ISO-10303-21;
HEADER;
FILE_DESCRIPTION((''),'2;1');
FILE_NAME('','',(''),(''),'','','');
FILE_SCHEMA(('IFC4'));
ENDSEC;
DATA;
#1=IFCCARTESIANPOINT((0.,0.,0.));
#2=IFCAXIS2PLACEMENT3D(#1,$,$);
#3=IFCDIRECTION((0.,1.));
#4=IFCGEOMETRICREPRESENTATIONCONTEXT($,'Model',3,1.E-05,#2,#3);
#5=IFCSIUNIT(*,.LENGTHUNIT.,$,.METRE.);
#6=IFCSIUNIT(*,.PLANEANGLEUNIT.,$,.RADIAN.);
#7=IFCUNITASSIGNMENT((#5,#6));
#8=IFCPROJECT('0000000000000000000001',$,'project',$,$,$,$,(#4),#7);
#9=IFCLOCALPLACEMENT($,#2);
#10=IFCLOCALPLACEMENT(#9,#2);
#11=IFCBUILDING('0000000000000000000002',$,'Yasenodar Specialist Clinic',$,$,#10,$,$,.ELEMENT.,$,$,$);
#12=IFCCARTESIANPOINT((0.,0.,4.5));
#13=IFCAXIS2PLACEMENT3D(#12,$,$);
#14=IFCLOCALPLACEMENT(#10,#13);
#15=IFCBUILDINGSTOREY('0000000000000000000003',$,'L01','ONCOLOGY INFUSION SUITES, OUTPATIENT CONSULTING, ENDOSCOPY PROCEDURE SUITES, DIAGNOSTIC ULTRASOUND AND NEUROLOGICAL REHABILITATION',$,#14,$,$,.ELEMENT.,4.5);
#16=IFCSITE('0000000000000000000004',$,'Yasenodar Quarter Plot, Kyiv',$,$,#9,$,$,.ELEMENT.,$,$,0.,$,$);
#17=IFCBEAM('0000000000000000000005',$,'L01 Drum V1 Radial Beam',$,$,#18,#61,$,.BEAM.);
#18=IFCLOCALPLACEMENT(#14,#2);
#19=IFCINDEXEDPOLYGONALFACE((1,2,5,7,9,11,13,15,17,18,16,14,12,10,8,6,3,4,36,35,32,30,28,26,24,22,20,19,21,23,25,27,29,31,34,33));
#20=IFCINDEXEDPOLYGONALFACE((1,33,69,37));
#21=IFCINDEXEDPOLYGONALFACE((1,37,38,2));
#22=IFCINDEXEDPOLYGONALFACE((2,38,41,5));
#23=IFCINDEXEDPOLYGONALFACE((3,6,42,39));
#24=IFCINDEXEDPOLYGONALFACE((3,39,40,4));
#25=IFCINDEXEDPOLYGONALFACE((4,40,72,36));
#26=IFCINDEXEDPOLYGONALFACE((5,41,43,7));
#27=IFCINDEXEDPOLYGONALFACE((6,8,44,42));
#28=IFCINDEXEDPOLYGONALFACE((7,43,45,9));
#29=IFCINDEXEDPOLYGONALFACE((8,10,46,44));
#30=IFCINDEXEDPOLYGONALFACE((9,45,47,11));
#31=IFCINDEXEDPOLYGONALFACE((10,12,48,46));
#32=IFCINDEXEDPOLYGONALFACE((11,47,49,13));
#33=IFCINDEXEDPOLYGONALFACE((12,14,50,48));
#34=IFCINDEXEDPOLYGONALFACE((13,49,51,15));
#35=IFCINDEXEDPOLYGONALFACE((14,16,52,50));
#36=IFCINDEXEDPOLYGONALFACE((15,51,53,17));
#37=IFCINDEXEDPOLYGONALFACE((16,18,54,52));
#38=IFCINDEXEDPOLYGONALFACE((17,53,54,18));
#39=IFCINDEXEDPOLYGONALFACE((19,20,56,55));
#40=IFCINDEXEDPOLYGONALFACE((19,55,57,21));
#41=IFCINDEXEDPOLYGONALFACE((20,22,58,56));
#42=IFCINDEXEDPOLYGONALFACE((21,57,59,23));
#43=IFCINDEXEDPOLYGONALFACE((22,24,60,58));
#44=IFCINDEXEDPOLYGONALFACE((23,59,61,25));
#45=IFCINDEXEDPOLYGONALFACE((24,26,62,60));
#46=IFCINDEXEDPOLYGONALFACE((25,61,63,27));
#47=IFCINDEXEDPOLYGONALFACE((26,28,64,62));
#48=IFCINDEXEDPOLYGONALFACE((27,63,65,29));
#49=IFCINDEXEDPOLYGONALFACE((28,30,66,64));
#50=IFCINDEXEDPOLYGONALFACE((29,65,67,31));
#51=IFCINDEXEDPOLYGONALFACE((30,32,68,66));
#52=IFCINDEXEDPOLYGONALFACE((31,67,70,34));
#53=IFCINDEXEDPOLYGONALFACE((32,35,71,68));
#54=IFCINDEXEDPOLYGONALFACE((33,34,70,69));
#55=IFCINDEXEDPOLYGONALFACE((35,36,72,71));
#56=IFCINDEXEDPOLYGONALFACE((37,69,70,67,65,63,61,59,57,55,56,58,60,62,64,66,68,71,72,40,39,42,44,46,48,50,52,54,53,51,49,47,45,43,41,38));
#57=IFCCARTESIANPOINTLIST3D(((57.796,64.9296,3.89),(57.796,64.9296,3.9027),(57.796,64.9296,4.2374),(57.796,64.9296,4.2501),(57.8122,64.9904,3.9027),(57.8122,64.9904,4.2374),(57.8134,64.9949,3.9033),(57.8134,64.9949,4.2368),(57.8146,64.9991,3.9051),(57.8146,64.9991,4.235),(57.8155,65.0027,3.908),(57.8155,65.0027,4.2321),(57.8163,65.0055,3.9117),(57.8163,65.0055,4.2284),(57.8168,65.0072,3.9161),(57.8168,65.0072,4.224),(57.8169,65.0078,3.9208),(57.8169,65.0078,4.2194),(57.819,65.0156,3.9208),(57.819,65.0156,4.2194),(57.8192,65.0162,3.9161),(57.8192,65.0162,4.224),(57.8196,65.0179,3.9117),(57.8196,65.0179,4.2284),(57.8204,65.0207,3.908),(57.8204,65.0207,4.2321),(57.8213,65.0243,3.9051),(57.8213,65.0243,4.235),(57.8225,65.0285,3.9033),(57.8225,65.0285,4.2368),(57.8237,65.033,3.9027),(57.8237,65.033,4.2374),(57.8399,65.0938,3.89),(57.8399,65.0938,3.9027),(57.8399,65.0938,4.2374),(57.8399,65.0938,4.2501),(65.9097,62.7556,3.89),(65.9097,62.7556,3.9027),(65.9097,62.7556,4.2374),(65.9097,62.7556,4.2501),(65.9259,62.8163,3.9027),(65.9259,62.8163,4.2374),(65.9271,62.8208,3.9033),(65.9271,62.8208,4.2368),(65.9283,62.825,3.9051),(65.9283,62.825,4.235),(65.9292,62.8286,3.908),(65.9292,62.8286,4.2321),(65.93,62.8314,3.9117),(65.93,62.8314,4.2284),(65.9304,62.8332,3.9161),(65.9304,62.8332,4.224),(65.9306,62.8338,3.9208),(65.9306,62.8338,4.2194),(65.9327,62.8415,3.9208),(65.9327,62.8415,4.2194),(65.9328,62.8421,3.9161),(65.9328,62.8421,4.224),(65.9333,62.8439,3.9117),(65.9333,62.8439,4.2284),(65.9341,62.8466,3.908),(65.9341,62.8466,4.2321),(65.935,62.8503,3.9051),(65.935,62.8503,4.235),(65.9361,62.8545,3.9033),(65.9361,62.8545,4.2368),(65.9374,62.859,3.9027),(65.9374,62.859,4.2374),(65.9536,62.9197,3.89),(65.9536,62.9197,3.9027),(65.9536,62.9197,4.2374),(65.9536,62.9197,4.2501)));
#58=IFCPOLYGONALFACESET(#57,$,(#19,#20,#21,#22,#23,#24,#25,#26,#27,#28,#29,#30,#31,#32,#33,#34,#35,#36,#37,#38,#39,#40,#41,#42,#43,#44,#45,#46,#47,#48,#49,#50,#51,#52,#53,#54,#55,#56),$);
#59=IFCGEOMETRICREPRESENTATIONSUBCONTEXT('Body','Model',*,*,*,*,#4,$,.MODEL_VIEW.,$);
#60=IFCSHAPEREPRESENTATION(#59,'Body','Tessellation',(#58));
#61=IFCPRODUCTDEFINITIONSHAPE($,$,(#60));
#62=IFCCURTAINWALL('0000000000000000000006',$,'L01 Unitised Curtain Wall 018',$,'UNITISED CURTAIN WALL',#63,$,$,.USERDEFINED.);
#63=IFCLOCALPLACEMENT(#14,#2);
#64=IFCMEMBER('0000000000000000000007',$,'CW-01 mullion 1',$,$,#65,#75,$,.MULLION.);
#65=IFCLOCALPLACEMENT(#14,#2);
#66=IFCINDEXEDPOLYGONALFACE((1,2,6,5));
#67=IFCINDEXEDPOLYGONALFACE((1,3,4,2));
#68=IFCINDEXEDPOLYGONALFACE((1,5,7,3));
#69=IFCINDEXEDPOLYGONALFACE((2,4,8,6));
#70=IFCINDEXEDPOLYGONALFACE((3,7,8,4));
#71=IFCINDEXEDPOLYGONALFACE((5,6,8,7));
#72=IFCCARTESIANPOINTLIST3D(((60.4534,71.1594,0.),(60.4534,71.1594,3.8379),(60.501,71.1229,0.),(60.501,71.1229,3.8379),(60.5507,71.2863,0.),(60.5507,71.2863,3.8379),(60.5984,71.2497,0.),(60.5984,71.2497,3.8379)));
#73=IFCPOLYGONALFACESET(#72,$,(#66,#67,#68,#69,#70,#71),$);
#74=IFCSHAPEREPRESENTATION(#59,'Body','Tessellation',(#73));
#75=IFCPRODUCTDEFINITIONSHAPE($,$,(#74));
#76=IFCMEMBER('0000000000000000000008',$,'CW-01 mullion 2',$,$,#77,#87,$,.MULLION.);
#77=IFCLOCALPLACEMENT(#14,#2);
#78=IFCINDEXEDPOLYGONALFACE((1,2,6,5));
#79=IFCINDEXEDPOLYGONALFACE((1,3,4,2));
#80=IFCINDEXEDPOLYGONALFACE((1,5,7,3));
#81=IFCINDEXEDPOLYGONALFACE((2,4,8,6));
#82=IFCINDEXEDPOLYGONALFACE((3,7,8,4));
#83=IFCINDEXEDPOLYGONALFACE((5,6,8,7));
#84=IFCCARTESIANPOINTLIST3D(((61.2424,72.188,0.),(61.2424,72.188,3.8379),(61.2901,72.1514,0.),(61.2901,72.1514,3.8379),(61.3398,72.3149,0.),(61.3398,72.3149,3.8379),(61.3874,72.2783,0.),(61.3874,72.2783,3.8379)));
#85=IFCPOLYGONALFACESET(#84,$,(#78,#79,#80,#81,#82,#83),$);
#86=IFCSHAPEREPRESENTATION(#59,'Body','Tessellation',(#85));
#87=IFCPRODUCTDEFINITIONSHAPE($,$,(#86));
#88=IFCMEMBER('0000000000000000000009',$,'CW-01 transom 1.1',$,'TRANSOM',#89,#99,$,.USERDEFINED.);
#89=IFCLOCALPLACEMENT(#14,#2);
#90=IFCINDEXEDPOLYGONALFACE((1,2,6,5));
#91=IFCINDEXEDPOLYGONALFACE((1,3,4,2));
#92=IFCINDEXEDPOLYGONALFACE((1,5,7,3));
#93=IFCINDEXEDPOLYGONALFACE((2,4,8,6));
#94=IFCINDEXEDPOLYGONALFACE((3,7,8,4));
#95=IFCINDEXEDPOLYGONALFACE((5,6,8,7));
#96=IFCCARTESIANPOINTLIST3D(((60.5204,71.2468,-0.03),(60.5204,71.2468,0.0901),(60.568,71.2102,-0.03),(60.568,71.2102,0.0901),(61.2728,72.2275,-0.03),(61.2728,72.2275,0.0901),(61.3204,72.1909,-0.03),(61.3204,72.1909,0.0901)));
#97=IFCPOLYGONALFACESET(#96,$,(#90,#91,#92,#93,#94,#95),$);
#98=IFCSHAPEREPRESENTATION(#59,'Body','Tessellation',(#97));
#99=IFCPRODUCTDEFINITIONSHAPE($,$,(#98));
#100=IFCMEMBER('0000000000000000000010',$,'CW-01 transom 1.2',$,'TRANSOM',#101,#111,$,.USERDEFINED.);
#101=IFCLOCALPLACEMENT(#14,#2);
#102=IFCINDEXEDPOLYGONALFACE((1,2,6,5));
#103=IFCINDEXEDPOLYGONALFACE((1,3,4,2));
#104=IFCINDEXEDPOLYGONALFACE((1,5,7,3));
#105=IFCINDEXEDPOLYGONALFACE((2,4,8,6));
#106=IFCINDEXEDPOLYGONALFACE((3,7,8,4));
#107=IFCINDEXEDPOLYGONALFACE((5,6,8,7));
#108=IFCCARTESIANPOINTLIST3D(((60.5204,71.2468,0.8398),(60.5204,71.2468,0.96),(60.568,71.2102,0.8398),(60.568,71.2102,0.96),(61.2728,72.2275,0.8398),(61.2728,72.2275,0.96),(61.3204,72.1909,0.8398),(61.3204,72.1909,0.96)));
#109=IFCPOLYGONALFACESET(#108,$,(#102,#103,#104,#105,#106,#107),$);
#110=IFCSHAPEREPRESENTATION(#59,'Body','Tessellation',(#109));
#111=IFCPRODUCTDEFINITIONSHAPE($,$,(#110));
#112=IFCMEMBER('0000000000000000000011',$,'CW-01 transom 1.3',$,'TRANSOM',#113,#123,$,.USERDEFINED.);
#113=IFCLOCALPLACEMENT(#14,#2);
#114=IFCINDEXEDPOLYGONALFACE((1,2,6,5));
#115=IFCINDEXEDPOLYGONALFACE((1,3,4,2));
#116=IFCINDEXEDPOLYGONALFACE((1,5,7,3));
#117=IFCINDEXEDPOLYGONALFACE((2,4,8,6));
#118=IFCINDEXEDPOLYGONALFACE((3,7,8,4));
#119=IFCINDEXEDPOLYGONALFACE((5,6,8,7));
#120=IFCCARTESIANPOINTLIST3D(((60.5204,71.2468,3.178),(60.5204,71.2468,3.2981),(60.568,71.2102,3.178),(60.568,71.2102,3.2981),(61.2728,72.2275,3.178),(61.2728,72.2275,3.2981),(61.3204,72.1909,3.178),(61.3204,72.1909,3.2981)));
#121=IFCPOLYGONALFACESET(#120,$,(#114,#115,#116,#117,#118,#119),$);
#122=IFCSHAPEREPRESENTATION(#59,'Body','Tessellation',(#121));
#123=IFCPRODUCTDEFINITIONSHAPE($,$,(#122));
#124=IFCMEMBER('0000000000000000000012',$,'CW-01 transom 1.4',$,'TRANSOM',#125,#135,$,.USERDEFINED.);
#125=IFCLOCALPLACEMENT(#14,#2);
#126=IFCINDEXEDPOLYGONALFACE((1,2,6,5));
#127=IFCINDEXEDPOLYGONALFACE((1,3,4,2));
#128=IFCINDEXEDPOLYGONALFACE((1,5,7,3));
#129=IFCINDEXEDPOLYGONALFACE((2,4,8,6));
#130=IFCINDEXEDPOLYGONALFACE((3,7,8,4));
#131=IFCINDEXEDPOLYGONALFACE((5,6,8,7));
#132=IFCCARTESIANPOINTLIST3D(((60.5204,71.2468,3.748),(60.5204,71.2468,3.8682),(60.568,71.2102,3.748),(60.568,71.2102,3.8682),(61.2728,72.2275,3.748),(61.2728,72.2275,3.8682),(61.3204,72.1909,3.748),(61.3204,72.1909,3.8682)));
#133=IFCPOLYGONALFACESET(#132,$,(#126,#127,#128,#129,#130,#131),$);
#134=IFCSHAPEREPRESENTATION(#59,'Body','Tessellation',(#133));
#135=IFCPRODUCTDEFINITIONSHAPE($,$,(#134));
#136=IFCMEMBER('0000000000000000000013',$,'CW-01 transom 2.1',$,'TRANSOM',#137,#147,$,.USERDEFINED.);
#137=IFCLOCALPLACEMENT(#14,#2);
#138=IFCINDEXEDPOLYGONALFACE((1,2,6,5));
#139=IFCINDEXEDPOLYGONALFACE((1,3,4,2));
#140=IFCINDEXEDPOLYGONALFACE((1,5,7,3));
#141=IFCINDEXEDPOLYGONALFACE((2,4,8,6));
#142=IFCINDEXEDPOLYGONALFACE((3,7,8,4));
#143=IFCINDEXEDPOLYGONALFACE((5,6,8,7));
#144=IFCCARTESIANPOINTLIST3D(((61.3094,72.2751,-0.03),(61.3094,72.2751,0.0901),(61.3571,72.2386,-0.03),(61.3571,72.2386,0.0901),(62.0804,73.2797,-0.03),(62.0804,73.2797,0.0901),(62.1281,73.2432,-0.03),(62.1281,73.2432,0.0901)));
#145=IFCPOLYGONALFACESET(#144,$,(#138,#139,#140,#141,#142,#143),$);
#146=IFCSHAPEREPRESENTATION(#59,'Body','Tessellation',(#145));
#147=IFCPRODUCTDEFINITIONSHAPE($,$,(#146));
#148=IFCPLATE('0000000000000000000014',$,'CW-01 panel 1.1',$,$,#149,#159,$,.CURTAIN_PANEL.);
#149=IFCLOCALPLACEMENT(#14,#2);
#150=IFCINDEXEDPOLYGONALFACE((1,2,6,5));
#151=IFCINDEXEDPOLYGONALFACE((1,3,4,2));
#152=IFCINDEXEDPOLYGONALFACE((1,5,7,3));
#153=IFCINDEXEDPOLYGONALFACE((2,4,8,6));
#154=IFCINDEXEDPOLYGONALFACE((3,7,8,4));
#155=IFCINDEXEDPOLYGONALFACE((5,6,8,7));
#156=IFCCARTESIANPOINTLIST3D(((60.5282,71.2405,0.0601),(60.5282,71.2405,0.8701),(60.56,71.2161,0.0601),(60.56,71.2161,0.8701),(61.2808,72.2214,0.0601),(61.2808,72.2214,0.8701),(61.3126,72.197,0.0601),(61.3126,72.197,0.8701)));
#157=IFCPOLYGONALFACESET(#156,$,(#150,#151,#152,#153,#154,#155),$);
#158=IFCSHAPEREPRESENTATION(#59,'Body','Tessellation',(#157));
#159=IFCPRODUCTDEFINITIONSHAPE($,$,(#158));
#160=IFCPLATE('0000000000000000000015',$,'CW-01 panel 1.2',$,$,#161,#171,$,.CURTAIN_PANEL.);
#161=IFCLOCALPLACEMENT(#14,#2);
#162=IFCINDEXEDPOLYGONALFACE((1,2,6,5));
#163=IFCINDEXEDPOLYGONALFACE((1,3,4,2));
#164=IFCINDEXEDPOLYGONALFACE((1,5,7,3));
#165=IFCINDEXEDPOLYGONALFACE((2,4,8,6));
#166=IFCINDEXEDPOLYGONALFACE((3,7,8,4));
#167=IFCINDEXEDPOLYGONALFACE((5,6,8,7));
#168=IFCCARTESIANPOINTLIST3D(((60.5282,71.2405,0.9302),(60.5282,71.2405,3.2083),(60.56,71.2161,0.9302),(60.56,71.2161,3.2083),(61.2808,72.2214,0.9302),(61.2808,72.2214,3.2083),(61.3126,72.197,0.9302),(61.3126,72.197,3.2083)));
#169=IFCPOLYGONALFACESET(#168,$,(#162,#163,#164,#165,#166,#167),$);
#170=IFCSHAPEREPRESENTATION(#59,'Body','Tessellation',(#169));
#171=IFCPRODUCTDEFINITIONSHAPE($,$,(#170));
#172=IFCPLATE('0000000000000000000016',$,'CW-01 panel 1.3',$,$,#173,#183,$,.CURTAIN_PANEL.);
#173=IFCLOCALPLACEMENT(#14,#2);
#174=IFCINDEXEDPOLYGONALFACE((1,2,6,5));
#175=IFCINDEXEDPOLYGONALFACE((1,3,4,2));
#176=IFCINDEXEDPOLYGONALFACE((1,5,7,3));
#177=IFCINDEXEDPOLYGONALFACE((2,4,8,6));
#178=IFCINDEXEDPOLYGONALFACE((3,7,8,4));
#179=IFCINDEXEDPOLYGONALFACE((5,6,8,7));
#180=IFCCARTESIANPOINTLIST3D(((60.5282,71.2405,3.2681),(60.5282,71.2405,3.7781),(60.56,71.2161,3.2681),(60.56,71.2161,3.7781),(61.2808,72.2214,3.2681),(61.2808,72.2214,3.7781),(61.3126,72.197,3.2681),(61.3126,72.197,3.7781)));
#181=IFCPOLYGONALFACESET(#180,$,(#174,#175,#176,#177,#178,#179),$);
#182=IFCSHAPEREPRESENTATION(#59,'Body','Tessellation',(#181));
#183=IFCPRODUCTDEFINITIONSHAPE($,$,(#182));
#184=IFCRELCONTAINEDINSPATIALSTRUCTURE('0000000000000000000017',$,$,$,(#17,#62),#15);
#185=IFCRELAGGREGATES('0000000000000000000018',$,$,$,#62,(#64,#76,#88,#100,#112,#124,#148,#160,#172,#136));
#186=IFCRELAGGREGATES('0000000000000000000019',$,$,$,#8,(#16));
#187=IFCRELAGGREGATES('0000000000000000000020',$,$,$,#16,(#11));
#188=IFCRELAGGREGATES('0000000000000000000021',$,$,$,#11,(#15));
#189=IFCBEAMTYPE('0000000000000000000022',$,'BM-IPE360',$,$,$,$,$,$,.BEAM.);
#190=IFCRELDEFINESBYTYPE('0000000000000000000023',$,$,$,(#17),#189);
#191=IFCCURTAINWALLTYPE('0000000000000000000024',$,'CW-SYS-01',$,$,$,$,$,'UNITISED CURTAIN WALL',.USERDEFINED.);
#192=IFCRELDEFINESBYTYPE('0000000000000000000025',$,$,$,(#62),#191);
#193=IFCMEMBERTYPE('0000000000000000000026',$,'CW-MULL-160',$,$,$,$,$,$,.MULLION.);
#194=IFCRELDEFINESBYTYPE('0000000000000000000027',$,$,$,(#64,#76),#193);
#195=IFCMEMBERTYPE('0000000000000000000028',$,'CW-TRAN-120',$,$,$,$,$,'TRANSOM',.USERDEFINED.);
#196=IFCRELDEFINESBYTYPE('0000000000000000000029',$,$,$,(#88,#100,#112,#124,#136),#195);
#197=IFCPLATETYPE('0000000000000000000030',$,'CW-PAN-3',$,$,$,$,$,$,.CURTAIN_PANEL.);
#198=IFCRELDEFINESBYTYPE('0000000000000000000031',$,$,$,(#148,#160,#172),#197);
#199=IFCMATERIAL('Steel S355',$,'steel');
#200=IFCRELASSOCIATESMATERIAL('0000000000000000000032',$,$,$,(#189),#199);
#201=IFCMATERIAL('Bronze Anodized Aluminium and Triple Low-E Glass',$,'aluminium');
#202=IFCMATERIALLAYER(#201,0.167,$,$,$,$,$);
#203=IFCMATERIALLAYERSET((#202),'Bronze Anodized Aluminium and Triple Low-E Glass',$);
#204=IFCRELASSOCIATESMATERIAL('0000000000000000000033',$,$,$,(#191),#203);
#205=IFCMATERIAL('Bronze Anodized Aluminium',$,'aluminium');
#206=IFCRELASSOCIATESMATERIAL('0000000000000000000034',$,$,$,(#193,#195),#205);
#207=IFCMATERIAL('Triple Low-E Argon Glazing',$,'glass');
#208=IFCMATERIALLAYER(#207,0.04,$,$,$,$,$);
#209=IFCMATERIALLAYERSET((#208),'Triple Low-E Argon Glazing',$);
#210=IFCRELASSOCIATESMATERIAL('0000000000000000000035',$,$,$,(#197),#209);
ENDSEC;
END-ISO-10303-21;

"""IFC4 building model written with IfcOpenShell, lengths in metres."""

from ifc_helpers import new_model, si_unit, direction, frame, origin, origin_2d, place, context, subcontext, project, spatial, rectangle, i_section, extrude, material, layer, layer_set, material_profile, profile_set, type_object, element, aggregate, save


model = new_model("IFC4")

# Units and contexts
model_context = context("Model", 3, precision=1e-05, world=origin(), true_north=direction((0.0, 1.0)))
body_context = subcontext(model_context, "Body", "Model", "MODEL_VIEW")
ifc_project = project(units=[si_unit("LENGTHUNIT", "METRE"), si_unit("PLANEANGLEUNIT", "RADIAN")], contexts=[model_context])

# Site, building, storey
site_placement = place(None, origin())
site = spatial("IfcSite", under=ifc_project, at=site_placement, Name="Yasenodar Quarter Plot, Kyiv", CompositionType="ELEMENT", RefElevation=0.0)
building_placement = place(site_placement, origin())
building = spatial("IfcBuilding", under=site, at=building_placement, Name="Yasenodar Specialist Clinic", CompositionType="ELEMENT")
storey_placement = place(building_placement, frame((0.0, 0.0, 4.5)))
storey = spatial("IfcBuildingStorey", under=building, at=storey_placement, Name="L01", Description="ONCOLOGY INFUSION SUITES, OUTPATIENT CONSULTING, ENDOSCOPY PROCEDURE SUITES, DIAGNOSTIC ULTRASOUND AND NEUROLOGICAL REHABILITATION", CompositionType="ELEMENT", Elevation=4.5)

# Shared definitions
ifc_material_1 = material(Name="Steel S355", Category="steel")

# Beam
ifc_material_profile_1 = material_profile(ifc_material_1, i_section(OverallWidth=0.1699, OverallDepth=0.3601, WebThickness=0.0081, FlangeThickness=0.0127, FilletRadius=0.0181, at=origin_2d()), Name="IPE 360")
ifc_profile_set_1 = profile_set([ifc_material_profile_1], Name="Steel S355")
beam_type_1 = type_object("IfcBeamType", Name="BM-IPE360", PredefinedType="BEAM", material=ifc_profile_set_1)
beam_1_placement = place(storey_placement, frame((65.9316, 62.8376, 4.0701), z_axis=(-0.965926, 0.258818, 0.0), x_axis=(-0.258818, -0.965926, 0.0)))
element("IfcBeam", 1, at=beam_1_placement, inside=storey, type_object=beam_type_1, Name="L01 Drum V1 Radial Beam", PredefinedType="BEAM", context=body_context, shape_type="SweptSolid", body=[
    extrude(i_section(OverallWidth=0.1699, OverallDepth=0.3601, WebThickness=0.0081, FlangeThickness=0.0127, FilletRadius=0.0181, at=origin_2d()), origin(), (0.0, 0.0, 1.0), 8.3999),
])

# Curtain wall, members, plates
ifc_material_2 = material(Name="Bronze Anodized Aluminium and Triple Low-E Glass", Category="aluminium")
ifc_layer_1 = layer(ifc_material_2, 0.167)
ifc_layer_set_1 = layer_set([ifc_layer_1], Name="Bronze Anodized Aluminium and Triple Low-E Glass")
curtain_wall_type = type_object("IfcCurtainWallType", Name="CW-SYS-01", ElementType="UNITISED CURTAIN WALL", PredefinedType="USERDEFINED", material=ifc_layer_set_1)
curtain_wall_placement = place(storey_placement, origin())
curtain_wall = element("IfcCurtainWall", 2, at=curtain_wall_placement, inside=storey, type_object=curtain_wall_type, Name="L01 Unitised Curtain Wall 018", ObjectType="UNITISED CURTAIN WALL", PredefinedType="USERDEFINED")
ifc_material_3 = material(Name="Bronze Anodized Aluminium", Category="aluminium")
ifc_material_profile_2 = material_profile(ifc_material_3, rectangle(XDim=0.0601, YDim=0.1599, at=origin_2d()), Name="CW-MULL 60x160")
ifc_profile_set_2 = profile_set([ifc_material_profile_2], Name="Bronze Anodized Aluminium")
member_type_1 = type_object("IfcMemberType", Name="CW-MULL-160", PredefinedType="MULLION", material=ifc_profile_set_2)
member_1_placement = place(storey_placement, frame((60.5259, 71.2046, 0.0), z_axis=(0.0, 0.0, 1.0), x_axis=(-0.793361, 0.608752, 0.0)))
member_1 = element("IfcMember", 3, at=member_1_placement, type_object=member_type_1, Name="CW-01 mullion 1", PredefinedType="MULLION", context=body_context, shape_type="SweptSolid", body=[
    extrude(rectangle(XDim=0.0601, YDim=0.1599, at=origin_2d()), origin(), (0.0, 0.0, 1.0), 3.8379),
])
member_2_placement = place(storey_placement, frame((61.3149, 72.2332, 0.0), z_axis=(0.0, 0.0, 1.0), x_axis=(-0.793361, 0.608752, 0.0)))
member_2 = element("IfcMember", 4, at=member_2_placement, type_object=member_type_1, Name="CW-01 mullion 2", PredefinedType="MULLION", context=body_context, shape_type="SweptSolid", body=[
    extrude(rectangle(XDim=0.0601, YDim=0.1599, at=origin_2d()), origin(), (0.0, 0.0, 1.0), 3.8379),
])
ifc_material_profile_3 = material_profile(ifc_material_3, rectangle(XDim=0.0601, YDim=0.1201, at=origin_2d()), Name="CW-TRAN 60x120")
ifc_profile_set_3 = profile_set([ifc_material_profile_3], Name="Bronze Anodized Aluminium")
member_type_2 = type_object("IfcMemberType", Name="CW-TRAN-120", ElementType="TRANSOM", PredefinedType="USERDEFINED", material=ifc_profile_set_3)
member_3_placement = place(storey_placement, frame((60.5442, 71.2285, 0.03), z_axis=(0.608718, 0.793387, 0.0), x_axis=(-0.793387, 0.608718, 0.0)))
member_3 = element("IfcMember", 5, at=member_3_placement, type_object=member_type_2, Name="CW-01 transom 1.1", ObjectType="TRANSOM", PredefinedType="USERDEFINED", context=body_context, shape_type="SweptSolid", body=[
    extrude(rectangle(XDim=0.0601, YDim=0.1201, at=origin_2d()), origin(), (0.0, 0.0, 1.0), 1.2361),
])
member_4_placement = place(storey_placement, frame((60.5442, 71.2285, 0.8999), z_axis=(0.608718, 0.793387, 0.0), x_axis=(-0.793387, 0.608718, 0.0)))
member_4 = element("IfcMember", 6, at=member_4_placement, type_object=member_type_2, Name="CW-01 transom 1.2", ObjectType="TRANSOM", PredefinedType="USERDEFINED", context=body_context, shape_type="SweptSolid", body=[
    extrude(rectangle(XDim=0.0601, YDim=0.1201, at=origin_2d()), origin(), (0.0, 0.0, 1.0), 1.2361),
])
member_5_placement = place(storey_placement, frame((60.5442, 71.2285, 3.238), z_axis=(0.608718, 0.793387, 0.0), x_axis=(-0.793387, 0.608718, 0.0)))
member_5 = element("IfcMember", 7, at=member_5_placement, type_object=member_type_2, Name="CW-01 transom 1.3", ObjectType="TRANSOM", PredefinedType="USERDEFINED", context=body_context, shape_type="SweptSolid", body=[
    extrude(rectangle(XDim=0.0601, YDim=0.1201, at=origin_2d()), origin(), (0.0, 0.0, 1.0), 1.2361),
])
member_6_placement = place(storey_placement, frame((60.5442, 71.2285, 3.8081), z_axis=(0.608718, 0.793387, 0.0), x_axis=(-0.793387, 0.608718, 0.0)))
member_6 = element("IfcMember", 8, at=member_6_placement, type_object=member_type_2, Name="CW-01 transom 1.4", ObjectType="TRANSOM", PredefinedType="USERDEFINED", context=body_context, shape_type="SweptSolid", body=[
    extrude(rectangle(XDim=0.0601, YDim=0.1201, at=origin_2d()), origin(), (0.0, 0.0, 1.0), 1.2361),
])
member_7_placement = place(storey_placement, frame((61.3333, 72.2568, 0.03), z_axis=(0.608816, 0.793311, 0.0), x_axis=(-0.793311, 0.608816, 0.0)))
member_7 = element("IfcMember", 9, at=member_7_placement, type_object=member_type_2, Name="CW-01 transom 2.1", ObjectType="TRANSOM", PredefinedType="USERDEFINED", context=body_context, shape_type="SweptSolid", body=[
    extrude(rectangle(XDim=0.0601, YDim=0.1201, at=origin_2d()), origin(), (0.0, 0.0, 1.0), 1.2664),
])
ifc_material_4 = material(Name="Triple Low-E Argon Glazing", Category="glass")
ifc_layer_2 = layer(ifc_material_4, 0.04)
ifc_layer_set_2 = layer_set([ifc_layer_2], Name="Triple Low-E Argon Glazing")
plate_type = type_object("IfcPlateType", Name="CW-PAN-3", PredefinedType="CURTAIN_PANEL", material=ifc_layer_set_2)
plate_1_placement = place(storey_placement, frame((60.9204, 71.7188, 0.0601), z_axis=(0.0, 0.0, 1.0), x_axis=(0.608752, 0.793361, 0.0)))
plate_1 = element("IfcPlate", 10, at=plate_1_placement, type_object=plate_type, Name="CW-01 panel 1.1", PredefinedType="CURTAIN_PANEL", context=body_context, shape_type="SweptSolid", body=[
    extrude(rectangle(XDim=1.2363, YDim=0.04, at=origin_2d()), origin(), (0.0, 0.0, 1.0), 0.8101),
])
plate_2_placement = place(storey_placement, frame((60.9204, 71.7188, 0.9302), z_axis=(0.0, 0.0, 1.0), x_axis=(0.608752, 0.793361, 0.0)))
plate_2 = element("IfcPlate", 11, at=plate_2_placement, type_object=plate_type, Name="CW-01 panel 1.2", PredefinedType="CURTAIN_PANEL", context=body_context, shape_type="SweptSolid", body=[
    extrude(rectangle(XDim=1.2363, YDim=0.04, at=origin_2d()), origin(), (0.0, 0.0, 1.0), 2.2781),
])
plate_3_placement = place(storey_placement, frame((60.9204, 71.7188, 3.2681), z_axis=(0.0, 0.0, 1.0), x_axis=(0.608752, 0.793361, 0.0)))
plate_3 = element("IfcPlate", 12, at=plate_3_placement, type_object=plate_type, Name="CW-01 panel 1.3", PredefinedType="CURTAIN_PANEL", context=body_context, shape_type="SweptSolid", body=[
    extrude(rectangle(XDim=1.2363, YDim=0.04, at=origin_2d()), origin(), (0.0, 0.0, 1.0), 0.51),
])
aggregate(curtain_wall, [member_1, member_2, member_3, member_4, member_5, member_6, plate_1, plate_2, plate_3, member_7])

save(model, "model.ifc")
